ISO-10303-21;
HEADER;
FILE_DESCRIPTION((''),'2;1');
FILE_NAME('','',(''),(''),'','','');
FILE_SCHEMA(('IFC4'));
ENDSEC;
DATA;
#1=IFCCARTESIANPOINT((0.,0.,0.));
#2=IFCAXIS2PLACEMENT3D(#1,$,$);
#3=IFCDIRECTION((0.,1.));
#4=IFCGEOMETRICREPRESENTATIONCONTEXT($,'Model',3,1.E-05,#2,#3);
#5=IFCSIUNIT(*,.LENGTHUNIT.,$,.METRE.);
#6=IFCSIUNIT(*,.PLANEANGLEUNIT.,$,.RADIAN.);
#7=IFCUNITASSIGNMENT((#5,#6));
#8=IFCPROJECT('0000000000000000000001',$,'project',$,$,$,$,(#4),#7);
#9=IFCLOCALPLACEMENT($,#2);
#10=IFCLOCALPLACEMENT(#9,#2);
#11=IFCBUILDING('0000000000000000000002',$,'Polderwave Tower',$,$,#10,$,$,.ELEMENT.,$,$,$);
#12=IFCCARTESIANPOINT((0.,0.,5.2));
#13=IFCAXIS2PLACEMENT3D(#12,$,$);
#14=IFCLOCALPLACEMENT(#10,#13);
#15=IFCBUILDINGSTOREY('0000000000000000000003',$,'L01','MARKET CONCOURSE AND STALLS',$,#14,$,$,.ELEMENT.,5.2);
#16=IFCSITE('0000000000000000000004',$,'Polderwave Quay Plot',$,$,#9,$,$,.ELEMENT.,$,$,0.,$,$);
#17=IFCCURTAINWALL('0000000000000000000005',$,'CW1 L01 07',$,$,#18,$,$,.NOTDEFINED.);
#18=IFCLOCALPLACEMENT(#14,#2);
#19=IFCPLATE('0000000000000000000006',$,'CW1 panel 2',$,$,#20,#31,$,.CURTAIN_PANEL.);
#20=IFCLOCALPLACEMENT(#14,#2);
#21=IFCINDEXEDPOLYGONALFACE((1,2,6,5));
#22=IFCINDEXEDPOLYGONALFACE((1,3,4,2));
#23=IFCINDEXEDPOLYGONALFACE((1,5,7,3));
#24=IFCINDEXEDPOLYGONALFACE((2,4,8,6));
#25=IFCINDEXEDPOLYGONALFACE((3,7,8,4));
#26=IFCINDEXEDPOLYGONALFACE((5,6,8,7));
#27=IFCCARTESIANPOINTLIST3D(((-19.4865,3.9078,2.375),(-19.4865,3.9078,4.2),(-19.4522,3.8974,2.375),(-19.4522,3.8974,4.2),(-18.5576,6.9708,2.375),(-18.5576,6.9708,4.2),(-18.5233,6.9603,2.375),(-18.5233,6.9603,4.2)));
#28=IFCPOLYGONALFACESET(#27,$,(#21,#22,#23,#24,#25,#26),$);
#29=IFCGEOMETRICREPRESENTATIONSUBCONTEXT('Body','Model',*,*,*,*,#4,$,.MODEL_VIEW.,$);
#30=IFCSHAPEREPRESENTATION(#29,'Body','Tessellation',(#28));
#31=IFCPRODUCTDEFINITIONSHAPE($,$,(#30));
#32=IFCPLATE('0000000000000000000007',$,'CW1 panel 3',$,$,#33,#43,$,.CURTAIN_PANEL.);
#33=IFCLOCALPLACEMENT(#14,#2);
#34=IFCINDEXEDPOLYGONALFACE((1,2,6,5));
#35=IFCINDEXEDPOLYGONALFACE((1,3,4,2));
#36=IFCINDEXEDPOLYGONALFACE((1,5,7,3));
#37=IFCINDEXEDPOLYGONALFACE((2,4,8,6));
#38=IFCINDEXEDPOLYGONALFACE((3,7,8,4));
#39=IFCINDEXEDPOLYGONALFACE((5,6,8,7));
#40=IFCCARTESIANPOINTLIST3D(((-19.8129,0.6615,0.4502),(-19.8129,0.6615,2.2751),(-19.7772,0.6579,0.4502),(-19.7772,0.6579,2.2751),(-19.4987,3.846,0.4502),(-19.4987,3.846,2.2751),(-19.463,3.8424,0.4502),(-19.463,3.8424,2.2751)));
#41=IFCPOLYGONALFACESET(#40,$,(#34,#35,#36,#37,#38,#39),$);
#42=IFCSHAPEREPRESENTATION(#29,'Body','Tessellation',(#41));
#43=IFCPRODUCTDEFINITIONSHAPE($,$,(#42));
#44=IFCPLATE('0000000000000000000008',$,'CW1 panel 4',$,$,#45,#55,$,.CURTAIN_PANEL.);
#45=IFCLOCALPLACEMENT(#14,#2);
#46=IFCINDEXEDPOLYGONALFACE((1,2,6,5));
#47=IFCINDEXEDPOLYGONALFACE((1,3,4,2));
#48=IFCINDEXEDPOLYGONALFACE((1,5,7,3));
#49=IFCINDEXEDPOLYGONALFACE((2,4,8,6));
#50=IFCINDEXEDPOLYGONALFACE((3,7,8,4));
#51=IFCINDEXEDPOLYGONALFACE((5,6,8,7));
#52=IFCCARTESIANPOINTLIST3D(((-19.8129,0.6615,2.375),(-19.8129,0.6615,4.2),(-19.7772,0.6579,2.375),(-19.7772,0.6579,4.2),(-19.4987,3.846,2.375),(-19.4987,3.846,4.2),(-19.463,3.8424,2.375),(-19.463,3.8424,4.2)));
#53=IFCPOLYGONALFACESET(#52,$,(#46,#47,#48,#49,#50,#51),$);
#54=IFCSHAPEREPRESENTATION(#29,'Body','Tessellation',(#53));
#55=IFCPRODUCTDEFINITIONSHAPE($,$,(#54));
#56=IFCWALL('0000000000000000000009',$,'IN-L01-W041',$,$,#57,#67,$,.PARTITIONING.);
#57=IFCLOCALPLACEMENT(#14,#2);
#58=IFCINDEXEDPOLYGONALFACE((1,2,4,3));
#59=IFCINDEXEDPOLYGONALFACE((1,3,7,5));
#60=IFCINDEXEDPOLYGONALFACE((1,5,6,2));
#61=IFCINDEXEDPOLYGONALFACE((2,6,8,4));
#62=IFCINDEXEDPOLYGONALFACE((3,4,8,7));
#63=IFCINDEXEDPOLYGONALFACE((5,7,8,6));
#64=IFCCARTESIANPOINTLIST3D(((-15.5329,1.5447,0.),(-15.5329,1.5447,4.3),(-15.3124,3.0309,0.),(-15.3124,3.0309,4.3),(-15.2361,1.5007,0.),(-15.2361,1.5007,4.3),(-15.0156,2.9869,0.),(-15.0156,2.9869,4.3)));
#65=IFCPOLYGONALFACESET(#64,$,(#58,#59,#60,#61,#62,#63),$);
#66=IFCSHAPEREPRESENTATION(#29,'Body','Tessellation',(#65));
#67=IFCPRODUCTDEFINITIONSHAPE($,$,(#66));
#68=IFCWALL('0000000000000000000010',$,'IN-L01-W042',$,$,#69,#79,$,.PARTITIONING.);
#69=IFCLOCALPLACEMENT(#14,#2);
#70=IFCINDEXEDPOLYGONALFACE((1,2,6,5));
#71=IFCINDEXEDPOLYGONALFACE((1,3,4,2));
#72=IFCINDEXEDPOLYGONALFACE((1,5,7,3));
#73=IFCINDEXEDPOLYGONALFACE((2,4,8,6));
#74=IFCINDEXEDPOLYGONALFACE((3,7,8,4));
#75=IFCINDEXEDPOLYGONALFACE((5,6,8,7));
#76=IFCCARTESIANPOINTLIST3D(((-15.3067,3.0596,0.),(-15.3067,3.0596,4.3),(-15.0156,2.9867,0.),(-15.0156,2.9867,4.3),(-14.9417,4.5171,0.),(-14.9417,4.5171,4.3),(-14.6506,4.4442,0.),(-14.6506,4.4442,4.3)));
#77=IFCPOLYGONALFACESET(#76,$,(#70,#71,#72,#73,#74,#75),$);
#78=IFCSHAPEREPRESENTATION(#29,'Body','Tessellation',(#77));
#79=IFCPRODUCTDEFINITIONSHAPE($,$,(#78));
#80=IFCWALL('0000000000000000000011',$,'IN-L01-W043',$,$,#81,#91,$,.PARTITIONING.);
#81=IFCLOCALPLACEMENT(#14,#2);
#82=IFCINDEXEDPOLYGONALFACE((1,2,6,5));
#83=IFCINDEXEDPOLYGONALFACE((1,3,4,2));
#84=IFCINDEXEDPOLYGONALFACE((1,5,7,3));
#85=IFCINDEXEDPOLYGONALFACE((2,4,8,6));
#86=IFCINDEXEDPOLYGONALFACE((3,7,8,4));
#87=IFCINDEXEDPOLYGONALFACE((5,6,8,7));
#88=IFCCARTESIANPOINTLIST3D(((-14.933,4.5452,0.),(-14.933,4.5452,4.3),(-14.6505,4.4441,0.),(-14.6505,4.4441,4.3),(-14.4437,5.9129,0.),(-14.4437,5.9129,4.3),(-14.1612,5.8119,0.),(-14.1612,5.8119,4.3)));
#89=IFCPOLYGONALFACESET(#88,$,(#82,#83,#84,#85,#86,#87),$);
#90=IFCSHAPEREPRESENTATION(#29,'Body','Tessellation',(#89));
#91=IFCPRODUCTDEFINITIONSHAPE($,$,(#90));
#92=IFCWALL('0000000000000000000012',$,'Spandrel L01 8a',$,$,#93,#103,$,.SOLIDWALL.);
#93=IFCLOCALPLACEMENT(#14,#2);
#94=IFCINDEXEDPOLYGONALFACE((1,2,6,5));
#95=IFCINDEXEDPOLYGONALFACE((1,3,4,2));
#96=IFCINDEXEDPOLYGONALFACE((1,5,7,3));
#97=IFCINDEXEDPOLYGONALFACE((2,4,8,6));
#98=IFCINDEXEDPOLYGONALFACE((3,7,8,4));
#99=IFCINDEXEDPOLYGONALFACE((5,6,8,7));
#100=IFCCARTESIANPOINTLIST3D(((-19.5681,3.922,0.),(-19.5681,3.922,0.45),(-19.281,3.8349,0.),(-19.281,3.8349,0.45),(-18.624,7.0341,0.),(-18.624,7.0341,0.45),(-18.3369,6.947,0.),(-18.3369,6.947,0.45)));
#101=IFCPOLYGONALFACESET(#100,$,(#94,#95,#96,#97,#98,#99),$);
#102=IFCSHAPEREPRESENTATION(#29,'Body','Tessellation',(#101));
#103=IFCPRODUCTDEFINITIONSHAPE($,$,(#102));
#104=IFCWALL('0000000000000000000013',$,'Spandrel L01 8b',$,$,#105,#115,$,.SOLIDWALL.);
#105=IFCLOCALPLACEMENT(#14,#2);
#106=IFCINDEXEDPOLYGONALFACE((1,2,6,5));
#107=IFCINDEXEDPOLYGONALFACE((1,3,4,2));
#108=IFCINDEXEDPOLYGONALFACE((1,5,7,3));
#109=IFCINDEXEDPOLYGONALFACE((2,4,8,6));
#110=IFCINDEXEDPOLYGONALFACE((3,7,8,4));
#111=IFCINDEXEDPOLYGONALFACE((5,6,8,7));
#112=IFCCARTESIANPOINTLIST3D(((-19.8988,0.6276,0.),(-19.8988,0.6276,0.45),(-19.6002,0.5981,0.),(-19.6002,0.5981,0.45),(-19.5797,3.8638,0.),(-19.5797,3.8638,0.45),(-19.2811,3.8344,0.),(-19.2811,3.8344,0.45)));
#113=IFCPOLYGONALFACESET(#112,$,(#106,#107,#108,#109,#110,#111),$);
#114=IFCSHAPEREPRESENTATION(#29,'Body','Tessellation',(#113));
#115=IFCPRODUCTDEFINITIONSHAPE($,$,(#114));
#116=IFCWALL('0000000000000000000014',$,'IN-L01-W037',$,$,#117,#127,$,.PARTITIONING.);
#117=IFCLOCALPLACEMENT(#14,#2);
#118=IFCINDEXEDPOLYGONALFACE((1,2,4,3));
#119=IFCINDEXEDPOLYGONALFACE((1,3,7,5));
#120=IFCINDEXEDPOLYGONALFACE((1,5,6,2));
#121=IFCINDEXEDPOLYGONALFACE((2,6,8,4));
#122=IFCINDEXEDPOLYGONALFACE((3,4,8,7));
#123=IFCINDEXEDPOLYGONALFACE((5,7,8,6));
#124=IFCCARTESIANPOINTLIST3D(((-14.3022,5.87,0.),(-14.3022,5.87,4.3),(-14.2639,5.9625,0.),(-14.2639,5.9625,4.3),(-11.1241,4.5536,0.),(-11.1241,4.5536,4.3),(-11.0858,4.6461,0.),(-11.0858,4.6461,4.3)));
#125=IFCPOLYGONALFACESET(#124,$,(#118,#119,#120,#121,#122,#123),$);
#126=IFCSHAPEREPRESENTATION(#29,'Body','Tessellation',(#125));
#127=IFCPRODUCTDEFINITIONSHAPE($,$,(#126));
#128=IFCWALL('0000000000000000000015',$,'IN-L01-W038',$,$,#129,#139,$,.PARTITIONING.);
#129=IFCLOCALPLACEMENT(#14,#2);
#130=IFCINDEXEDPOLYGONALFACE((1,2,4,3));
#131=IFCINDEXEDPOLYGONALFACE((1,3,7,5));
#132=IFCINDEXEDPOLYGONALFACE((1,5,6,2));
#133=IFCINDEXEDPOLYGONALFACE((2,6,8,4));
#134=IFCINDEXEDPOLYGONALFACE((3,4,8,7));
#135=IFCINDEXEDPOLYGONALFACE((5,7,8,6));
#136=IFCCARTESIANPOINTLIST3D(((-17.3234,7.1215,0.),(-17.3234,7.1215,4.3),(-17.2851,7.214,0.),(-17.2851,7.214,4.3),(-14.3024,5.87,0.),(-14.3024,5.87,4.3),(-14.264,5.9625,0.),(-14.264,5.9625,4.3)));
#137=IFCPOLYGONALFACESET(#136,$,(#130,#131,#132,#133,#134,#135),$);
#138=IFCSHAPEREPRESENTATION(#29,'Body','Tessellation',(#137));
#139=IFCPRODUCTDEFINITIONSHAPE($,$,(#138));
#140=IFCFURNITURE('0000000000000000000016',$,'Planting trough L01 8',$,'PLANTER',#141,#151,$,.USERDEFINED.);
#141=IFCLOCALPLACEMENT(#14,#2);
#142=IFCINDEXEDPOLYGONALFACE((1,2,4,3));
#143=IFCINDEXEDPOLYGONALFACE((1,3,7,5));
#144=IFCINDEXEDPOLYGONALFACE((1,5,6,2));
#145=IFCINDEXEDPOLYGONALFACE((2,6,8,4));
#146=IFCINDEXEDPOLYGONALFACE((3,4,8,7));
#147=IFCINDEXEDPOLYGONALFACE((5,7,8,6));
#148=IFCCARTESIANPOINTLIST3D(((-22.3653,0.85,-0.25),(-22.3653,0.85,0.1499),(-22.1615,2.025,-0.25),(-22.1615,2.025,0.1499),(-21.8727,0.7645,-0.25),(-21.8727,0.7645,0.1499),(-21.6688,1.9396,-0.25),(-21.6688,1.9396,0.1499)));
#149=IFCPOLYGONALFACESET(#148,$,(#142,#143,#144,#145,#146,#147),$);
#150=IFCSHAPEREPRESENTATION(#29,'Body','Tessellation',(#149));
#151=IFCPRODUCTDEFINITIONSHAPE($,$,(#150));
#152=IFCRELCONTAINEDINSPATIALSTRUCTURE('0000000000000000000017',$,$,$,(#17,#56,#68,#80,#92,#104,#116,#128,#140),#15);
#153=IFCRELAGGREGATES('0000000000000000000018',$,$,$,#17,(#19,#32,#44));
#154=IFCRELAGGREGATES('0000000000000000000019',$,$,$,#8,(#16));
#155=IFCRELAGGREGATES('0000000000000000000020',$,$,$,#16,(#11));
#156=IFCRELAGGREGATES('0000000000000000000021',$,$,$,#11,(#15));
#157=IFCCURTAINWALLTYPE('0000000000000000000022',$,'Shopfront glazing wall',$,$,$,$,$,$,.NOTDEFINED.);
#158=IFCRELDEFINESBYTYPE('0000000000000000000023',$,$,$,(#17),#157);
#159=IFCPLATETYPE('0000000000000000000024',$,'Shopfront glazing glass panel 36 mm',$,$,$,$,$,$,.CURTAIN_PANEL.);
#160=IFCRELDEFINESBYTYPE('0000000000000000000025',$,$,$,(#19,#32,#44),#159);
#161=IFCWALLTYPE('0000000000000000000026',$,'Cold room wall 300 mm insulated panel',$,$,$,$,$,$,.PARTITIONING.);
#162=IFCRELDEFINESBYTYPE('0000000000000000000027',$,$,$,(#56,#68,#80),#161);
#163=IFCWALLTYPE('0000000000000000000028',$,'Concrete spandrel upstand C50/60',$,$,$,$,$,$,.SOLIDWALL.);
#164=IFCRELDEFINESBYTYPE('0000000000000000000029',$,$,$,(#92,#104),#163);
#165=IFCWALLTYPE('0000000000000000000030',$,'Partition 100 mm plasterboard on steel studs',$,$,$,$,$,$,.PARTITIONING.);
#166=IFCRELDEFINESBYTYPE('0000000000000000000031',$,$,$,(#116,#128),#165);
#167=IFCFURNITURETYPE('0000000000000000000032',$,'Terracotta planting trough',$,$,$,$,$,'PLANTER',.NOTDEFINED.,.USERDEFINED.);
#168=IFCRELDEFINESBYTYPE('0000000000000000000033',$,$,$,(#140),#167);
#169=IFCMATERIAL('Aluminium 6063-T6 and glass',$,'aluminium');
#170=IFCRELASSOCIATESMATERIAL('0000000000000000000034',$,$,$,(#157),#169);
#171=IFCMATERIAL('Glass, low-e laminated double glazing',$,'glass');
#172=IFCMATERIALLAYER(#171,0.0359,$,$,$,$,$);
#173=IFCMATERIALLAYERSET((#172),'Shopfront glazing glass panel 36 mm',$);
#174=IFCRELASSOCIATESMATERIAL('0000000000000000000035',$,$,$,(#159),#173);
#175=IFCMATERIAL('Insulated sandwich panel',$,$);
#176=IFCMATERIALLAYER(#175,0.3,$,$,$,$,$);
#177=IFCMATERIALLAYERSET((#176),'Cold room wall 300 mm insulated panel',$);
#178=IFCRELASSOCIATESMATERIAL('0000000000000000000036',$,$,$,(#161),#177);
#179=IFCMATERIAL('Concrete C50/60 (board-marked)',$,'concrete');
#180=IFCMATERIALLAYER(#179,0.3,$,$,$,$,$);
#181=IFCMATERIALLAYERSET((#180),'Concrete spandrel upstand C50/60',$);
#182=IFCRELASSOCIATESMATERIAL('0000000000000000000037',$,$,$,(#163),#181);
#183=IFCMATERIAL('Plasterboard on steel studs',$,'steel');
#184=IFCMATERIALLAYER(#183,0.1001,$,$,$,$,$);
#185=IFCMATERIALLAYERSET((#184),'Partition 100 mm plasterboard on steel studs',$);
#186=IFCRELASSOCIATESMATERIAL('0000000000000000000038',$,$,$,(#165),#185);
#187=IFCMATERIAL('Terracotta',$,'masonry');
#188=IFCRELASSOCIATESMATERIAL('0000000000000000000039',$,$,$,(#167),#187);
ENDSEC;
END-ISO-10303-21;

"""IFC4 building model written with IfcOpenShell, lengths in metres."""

from ifc_helpers import new_model, si_unit, direction, frame, frame_2d, origin, origin_2d, place, context, subcontext, project, spatial, rectangle, extrude, material, layer, layer_set, type_object, element, aggregate, save


model = new_model("IFC4")

# Units and contexts
model_context = context("Model", 3, precision=1e-05, world=origin(), true_north=direction((0.0, 1.0)))
body_context = subcontext(model_context, "Body", "Model", "MODEL_VIEW")
ifc_project = project(units=[si_unit("LENGTHUNIT", "METRE"), si_unit("PLANEANGLEUNIT", "RADIAN")], contexts=[model_context])

# Site, building, storey
site_placement = place(None, origin())
site = spatial("IfcSite", under=ifc_project, at=site_placement, Name="Polderwave Quay Plot", CompositionType="ELEMENT", RefElevation=0.0)
building_placement = place(site_placement, origin())
building = spatial("IfcBuilding", under=site, at=building_placement, Name="Polderwave Tower", CompositionType="ELEMENT")
storey_placement = place(building_placement, frame((0.0, 0.0, 5.2)))
storey = spatial("IfcBuildingStorey", under=building, at=storey_placement, Name="L01", Description="MARKET CONCOURSE AND STALLS", CompositionType="ELEMENT", Elevation=5.2)

# Shared definitions
ifc_material_1 = material(Name="Aluminium 6063-T6 and glass", Category="aluminium")
curtain_wall_type = type_object("IfcCurtainWallType", Name="Shopfront glazing wall", PredefinedType="NOTDEFINED", material=ifc_material_1)

# Curtain wall
curtain_wall_1_placement = place(storey_placement, origin())
curtain_wall_1 = element("IfcCurtainWall", 1, at=curtain_wall_1_placement, inside=storey, type_object=curtain_wall_type, Name="CW1 L01 07", PredefinedType="NOTDEFINED")

# Plates
ifc_material_2 = material(Name="Glass, low-e laminated double glazing", Category="glass")
ifc_layer_1 = layer(ifc_material_2, 0.0359)
ifc_layer_set_1 = layer_set([ifc_layer_1], Name="Shopfront glazing glass panel 36 mm")
plate_type = type_object("IfcPlateType", Name="Shopfront glazing glass panel 36 mm", PredefinedType="CURTAIN_PANEL", material=ifc_layer_set_1)
plate_1_placement = place(storey_placement, frame((-19.0049, 5.4341, 2.375), z_axis=(0.0, 0.0, 1.0), x_axis=(-0.290218, -0.956961, 0.0)))
plate_1 = element("IfcPlate", 2, at=plate_1_placement, type_object=plate_type, Name="CW1 panel 2", PredefinedType="CURTAIN_PANEL", context=body_context, shape_type="SweptSolid", body=[
    extrude(rectangle(XDim=3.2007, YDim=0.0359, at=origin_2d()), origin(), (0.0, 0.0, 1.0), 1.825),
])
plate_2_placement = place(storey_placement, frame((-19.6379, 2.252, 0.4502), z_axis=(0.0, 0.0, 1.0), x_axis=(-0.098179, -0.995169, 0.0)))
plate_2 = element("IfcPlate", 3, at=plate_2_placement, type_object=plate_type, Name="CW1 panel 3", PredefinedType="CURTAIN_PANEL", context=body_context, shape_type="SweptSolid", body=[
    extrude(rectangle(XDim=3.2, YDim=0.0359, at=origin_2d()), origin(), (0.0, 0.0, 1.0), 1.825),
])
plate_3_placement = place(storey_placement, frame((-19.6379, 2.252, 2.375), z_axis=(0.0, 0.0, 1.0), x_axis=(-0.098179, -0.995169, 0.0)))
plate_3 = element("IfcPlate", 4, at=plate_3_placement, type_object=plate_type, Name="CW1 panel 4", PredefinedType="CURTAIN_PANEL", context=body_context, shape_type="SweptSolid", body=[
    extrude(rectangle(XDim=3.2, YDim=0.0359, at=origin_2d()), origin(), (0.0, 0.0, 1.0), 1.825),
])
aggregate(curtain_wall_1, [plate_1, plate_2, plate_3])

# Walls
ifc_material_3 = material(Name="Insulated sandwich panel")
ifc_layer_2 = layer(ifc_material_3, 0.3)
ifc_layer_set_2 = layer_set([ifc_layer_2], Name="Cold room wall 300 mm insulated panel")
wall_type_1 = type_object("IfcWallType", Name="Cold room wall 300 mm insulated panel", PredefinedType="PARTITIONING", material=ifc_layer_set_2)
for number, where, z_axis, x_axis, name in (
    (5, (-15.3845, 1.5227, 0.0), (0.0, 0.0, 1.0), (0.146743, 0.989175, 0.0), "IN-L01-W041"),
    (6, (-15.1611, 3.0232, 0.0), (0.0, 0.0, 1.0), (0.242918, 0.970047, 0.0), "IN-L01-W042"),
):
    element("IfcWall", number, at=place(storey_placement, frame(where, z_axis=z_axis, x_axis=x_axis)), inside=storey, type_object=wall_type_1, Name=name, PredefinedType="PARTITIONING", context=body_context, shape_type="SweptSolid", body=[
        extrude(rectangle(XDim=1.5024, YDim=0.3, at=frame_2d((0.7512, 0.0))), origin(), (0.0, 0.0, 1.0), 4.3),
    ])
wall_1_placement = place(storey_placement, frame((-14.7917, 4.4946, 0.0), z_axis=(0.0, 0.0, 1.0), x_axis=(0.336826, 0.941567, 0.0)))
element("IfcWall", 7, at=wall_1_placement, inside=storey, type_object=wall_type_1, Name="IN-L01-W043", PredefinedType="PARTITIONING", context=body_context, shape_type="SweptSolid", body=[
    extrude(rectangle(XDim=1.4526, YDim=0.3, at=frame_2d((0.7263, 0.0))), origin(), (0.0, 0.0, 1.0), 4.3),
])
ifc_material_4 = material(Name="Concrete C50/60 (board-marked)", Category="concrete")
ifc_layer_3 = layer(ifc_material_4, 0.3)
ifc_layer_set_3 = layer_set([ifc_layer_3], Name="Concrete spandrel upstand C50/60")
wall_type_2 = type_object("IfcWallType", Name="Concrete spandrel upstand C50/60", PredefinedType="SOLIDWALL", material=ifc_layer_set_3)
wall_2_placement = place(storey_placement, frame((-18.4805, 6.9905, 0.0), z_axis=(0.0, 0.0, 1.0), x_axis=(-0.290301, -0.956935, 0.0)))
element("IfcWall", 8, at=wall_2_placement, inside=storey, type_object=wall_type_2, Name="Spandrel L01 8a", PredefinedType="SOLIDWALL", context=body_context, shape_type="SweptSolid", body=[
    extrude(rectangle(XDim=3.2522, YDim=0.3, at=frame_2d((1.626, 0.0))), origin(), (0.0, 0.0, 1.0), 0.45),
])
wall_3_placement = place(storey_placement, frame((-19.4304, 3.8491, 0.0), z_axis=(0.0, 0.0, 1.0), x_axis=(-0.098121, -0.995174, 0.0)))
element("IfcWall", 9, at=wall_3_placement, inside=storey, type_object=wall_type_2, Name="Spandrel L01 8b", PredefinedType="SOLIDWALL", context=body_context, shape_type="SweptSolid", body=[
    extrude(rectangle(XDim=3.252, YDim=0.3, at=frame_2d((1.626, 0.0))), origin(), (0.0, 0.0, 1.0), 0.45),
])
ifc_material_5 = material(Name="Plasterboard on steel studs", Category="steel")
ifc_layer_4 = layer(ifc_material_5, 0.1001)
ifc_layer_set_4 = layer_set([ifc_layer_4], Name="Partition 100 mm plasterboard on steel studs")
wall_type_3 = type_object("IfcWallType", Name="Partition 100 mm plasterboard on steel studs", PredefinedType="PARTITIONING", material=ifc_layer_set_4)
wall_4_placement = place(storey_placement, frame((-11.105, 4.5999, 0.0), z_axis=(0.0, 0.0, 1.0), x_axis=(-0.923885, 0.382669, 0.0)))
element("IfcWall", 10, at=wall_4_placement, inside=storey, type_object=wall_type_3, Name="IN-L01-W037", PredefinedType="PARTITIONING", context=body_context, shape_type="SweptSolid", body=[
    extrude(rectangle(XDim=3.4399, YDim=0.1001, at=frame_2d((1.72, 0.0))), origin(), (0.0, 0.0, 1.0), 4.3),
])
wall_5_placement = place(storey_placement, frame((-14.2832, 5.9163, 0.0), z_axis=(0.0, 0.0, 1.0), x_axis=(-0.923866, 0.382717, 0.0)))
element("IfcWall", 11, at=wall_5_placement, inside=storey, type_object=wall_type_3, Name="IN-L01-W038", PredefinedType="PARTITIONING", context=body_context, shape_type="SweptSolid", body=[
    extrude(rectangle(XDim=3.27, YDim=0.1001, at=frame_2d((1.635, 0.0))), origin(), (0.0, 0.0, 1.0), 4.3),
])

# Furniture
ifc_material_6 = material(Name="Terracotta", Category="masonry")
furniture_type = type_object("IfcFurnitureType", Name="Terracotta planting trough", ElementType="PLANTER", AssemblyPlace="NOTDEFINED", PredefinedType="USERDEFINED", material=ifc_material_6)
furniture_placement = place(storey_placement, frame((-22.0171, 1.3948, -0.25), z_axis=(0.0, 0.0, 1.0), x_axis=(-0.170949, -0.98528, 0.0)))
element("IfcFurniture", 12, at=furniture_placement, inside=storey, type_object=furniture_type, Name="Planting trough L01 8", ObjectType="PLANTER", PredefinedType="USERDEFINED", context=body_context, shape_type="SweptSolid", body=[
    extrude(rectangle(XDim=1.1926, YDim=0.5, at=origin_2d()), origin(), (0.0, 0.0, 1.0), 0.3999),
])

save(model, "model.ifc")
